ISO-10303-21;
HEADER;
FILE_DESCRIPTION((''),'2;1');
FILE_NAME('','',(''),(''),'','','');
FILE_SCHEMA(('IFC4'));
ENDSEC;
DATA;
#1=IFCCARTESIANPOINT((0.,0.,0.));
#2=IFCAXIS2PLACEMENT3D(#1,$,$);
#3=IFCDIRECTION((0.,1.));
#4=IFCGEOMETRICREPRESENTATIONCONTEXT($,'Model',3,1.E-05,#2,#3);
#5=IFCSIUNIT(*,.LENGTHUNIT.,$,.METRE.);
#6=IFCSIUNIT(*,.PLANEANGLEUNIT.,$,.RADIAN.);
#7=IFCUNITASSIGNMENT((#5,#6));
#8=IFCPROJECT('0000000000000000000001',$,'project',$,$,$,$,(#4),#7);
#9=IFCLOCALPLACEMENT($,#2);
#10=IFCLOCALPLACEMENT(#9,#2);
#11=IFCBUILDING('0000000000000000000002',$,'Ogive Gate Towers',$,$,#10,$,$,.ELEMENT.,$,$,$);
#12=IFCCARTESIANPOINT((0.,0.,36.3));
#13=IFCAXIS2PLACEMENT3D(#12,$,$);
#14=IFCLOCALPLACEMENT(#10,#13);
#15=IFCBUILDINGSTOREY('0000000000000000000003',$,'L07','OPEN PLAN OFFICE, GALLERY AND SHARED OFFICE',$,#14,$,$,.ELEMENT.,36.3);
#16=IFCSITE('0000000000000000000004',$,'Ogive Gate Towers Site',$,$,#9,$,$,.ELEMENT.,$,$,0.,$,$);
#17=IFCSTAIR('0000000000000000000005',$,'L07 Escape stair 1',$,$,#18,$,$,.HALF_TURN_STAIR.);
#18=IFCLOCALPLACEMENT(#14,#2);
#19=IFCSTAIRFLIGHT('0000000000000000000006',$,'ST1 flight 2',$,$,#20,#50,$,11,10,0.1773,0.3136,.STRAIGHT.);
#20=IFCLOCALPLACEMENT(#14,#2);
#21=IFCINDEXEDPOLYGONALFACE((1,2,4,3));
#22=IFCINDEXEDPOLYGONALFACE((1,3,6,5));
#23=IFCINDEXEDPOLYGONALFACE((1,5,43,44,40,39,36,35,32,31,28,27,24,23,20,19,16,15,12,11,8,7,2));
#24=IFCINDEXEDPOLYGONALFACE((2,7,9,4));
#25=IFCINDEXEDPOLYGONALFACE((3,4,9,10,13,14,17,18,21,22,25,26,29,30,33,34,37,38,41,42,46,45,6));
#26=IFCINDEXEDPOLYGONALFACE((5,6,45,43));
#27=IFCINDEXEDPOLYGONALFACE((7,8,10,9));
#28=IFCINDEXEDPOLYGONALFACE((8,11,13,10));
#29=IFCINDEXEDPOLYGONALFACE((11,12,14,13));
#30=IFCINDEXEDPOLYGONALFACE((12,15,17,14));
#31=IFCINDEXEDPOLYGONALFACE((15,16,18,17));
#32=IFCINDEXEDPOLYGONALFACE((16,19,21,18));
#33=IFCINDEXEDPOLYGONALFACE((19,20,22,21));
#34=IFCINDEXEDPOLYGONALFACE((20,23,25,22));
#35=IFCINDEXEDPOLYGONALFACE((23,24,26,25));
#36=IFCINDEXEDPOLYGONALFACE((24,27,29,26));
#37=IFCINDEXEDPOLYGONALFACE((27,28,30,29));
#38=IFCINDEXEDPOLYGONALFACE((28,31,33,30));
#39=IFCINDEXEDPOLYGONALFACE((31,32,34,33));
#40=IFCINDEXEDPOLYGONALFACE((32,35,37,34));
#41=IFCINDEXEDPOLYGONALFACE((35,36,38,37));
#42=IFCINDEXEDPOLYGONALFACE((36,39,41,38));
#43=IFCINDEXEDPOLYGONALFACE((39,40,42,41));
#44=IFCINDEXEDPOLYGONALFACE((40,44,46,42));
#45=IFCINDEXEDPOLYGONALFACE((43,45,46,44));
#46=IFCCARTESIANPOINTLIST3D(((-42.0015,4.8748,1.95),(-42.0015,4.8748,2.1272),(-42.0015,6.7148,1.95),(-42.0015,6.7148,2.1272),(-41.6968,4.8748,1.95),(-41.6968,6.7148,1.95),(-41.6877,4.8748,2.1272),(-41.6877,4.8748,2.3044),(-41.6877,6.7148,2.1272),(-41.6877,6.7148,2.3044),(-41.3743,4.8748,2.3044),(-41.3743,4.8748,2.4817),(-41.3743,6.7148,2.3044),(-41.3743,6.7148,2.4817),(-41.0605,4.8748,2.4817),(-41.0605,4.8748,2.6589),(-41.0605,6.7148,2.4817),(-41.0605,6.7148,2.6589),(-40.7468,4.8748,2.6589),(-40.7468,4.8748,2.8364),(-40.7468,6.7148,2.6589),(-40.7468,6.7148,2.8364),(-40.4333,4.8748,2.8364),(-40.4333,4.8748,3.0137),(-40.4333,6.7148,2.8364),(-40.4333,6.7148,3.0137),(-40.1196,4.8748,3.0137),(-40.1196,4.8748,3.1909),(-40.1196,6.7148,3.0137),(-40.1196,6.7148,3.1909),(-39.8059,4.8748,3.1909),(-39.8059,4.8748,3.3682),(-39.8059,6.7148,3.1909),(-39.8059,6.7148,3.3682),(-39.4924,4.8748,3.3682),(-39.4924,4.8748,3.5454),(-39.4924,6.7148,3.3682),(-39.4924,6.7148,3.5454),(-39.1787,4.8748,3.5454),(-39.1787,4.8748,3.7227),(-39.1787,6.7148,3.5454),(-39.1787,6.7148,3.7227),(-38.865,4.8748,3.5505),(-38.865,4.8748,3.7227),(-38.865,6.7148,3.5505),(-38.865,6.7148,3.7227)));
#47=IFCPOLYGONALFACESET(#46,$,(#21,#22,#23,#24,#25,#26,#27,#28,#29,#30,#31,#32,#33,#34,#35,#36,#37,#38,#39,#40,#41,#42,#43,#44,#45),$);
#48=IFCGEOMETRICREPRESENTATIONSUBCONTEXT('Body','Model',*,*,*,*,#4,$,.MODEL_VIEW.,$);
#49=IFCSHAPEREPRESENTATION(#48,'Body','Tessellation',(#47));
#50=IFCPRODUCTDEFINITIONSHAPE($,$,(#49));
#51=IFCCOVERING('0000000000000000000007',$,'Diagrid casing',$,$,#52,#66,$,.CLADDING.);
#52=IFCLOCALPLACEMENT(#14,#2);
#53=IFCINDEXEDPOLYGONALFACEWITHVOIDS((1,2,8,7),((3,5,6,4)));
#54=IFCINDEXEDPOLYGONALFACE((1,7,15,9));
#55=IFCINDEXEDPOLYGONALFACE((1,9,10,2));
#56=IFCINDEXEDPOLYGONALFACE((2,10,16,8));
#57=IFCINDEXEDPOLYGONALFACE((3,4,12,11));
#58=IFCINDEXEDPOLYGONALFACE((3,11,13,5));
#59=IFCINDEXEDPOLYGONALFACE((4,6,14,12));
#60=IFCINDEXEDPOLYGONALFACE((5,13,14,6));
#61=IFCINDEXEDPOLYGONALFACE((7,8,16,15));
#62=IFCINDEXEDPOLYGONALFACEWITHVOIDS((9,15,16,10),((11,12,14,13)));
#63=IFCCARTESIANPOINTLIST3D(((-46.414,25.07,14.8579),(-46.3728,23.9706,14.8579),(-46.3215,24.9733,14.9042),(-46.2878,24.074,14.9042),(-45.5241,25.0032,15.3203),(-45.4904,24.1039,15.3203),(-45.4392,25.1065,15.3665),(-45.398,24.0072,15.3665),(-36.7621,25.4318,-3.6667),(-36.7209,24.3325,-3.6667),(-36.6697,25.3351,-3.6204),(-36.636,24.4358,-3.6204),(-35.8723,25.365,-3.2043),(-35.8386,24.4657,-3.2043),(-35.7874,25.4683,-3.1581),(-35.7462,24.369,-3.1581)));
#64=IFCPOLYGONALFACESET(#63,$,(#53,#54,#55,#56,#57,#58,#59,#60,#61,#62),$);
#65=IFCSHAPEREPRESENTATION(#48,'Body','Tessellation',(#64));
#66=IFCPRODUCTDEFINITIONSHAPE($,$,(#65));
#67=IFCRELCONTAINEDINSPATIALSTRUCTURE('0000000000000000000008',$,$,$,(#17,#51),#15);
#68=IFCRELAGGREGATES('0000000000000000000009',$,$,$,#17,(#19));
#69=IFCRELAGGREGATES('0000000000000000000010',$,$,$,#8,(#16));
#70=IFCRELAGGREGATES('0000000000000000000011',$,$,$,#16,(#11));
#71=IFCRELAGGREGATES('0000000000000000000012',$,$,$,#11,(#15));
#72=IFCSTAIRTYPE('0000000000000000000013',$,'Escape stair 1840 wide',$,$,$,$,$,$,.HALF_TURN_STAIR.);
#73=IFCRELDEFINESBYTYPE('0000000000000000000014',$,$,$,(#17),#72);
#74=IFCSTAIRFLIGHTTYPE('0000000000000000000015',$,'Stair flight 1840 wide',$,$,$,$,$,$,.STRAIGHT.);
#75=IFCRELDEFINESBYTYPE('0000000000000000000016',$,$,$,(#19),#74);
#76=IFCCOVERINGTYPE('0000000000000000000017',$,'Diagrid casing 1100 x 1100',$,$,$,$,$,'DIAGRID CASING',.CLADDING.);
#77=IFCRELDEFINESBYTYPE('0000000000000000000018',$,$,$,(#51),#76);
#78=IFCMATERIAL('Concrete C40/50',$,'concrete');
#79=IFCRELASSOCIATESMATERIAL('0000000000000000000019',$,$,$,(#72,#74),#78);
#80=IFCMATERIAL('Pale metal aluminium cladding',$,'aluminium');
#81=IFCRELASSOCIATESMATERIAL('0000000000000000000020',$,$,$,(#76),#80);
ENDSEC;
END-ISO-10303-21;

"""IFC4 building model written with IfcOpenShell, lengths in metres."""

from ifc_helpers import new_model, si_unit, direction, frame, origin, origin_2d, place, context, subcontext, project, spatial, polyline, hollow_rectangle, outline, extrude, material, material_profile, profile_set, type_object, element, aggregate, save


model = new_model("IFC4")

# Units and contexts
model_context = context("Model", 3, precision=1e-05, world=origin(), true_north=direction((0.0, 1.0)))
body_context = subcontext(model_context, "Body", "Model", "MODEL_VIEW")
ifc_project = project(units=[si_unit("LENGTHUNIT", "METRE"), si_unit("PLANEANGLEUNIT", "RADIAN")], contexts=[model_context])

# Site, building, storey
site_placement = place(None, origin())
site = spatial("IfcSite", under=ifc_project, at=site_placement, Name="Ogive Gate Towers Site", CompositionType="ELEMENT", RefElevation=0.0)
building_placement = place(site_placement, origin())
building = spatial("IfcBuilding", under=site, at=building_placement, Name="Ogive Gate Towers", CompositionType="ELEMENT")
storey_placement = place(building_placement, frame((0.0, 0.0, 36.3)))
storey = spatial("IfcBuildingStorey", under=building, at=storey_placement, Name="L07", Description="OPEN PLAN OFFICE, GALLERY AND SHARED OFFICE", CompositionType="ELEMENT", Elevation=36.3)

# Stair, stair flight
ifc_material_1 = material(Name="Concrete C40/50", Category="concrete")
stair_type = type_object("IfcStairType", Name="Escape stair 1840 wide", PredefinedType="HALF_TURN_STAIR", material=ifc_material_1)
stair_placement = place(storey_placement, origin())
stair = element("IfcStair", 1, at=stair_placement, inside=storey, type_object=stair_type, Name="L07 Escape stair 1", PredefinedType="HALF_TURN_STAIR")
stair_flight_type = type_object("IfcStairFlightType", Name="Stair flight 1840 wide", PredefinedType="STRAIGHT", material=ifc_material_1)
stair_flight_1_placement = place(storey_placement, frame((-42.0015, 5.7949, 1.95), z_axis=(0.0, 0.0, 1.0), x_axis=(1.0, 0.0, 0.0)))
stair_flight_1 = element("IfcStairFlight", 2, at=stair_flight_1_placement, type_object=stair_flight_type, Name="ST1 flight 2", NumberOfRisers=11, NumberOfTreads=10, PredefinedType="STRAIGHT", RiserHeight=0.1773, TreadLength=0.3136, context=body_context, shape_type="SweptSolid", body=[
    extrude(outline(polyline([(0.0, 0.0), (0.0, 0.1772), (0.3137, 0.1772), (0.3137, 0.3545), (0.6272, 0.3545), (0.6272, 0.5317), (0.9409, 0.5317), (0.9409, 0.709), (1.2546, 0.709), (1.2546, 0.8865), (1.5681, 0.8865), (1.5681, 1.0637), (1.8818, 1.0637), (1.8818, 1.241), (2.1956, 1.241), (2.1956, 1.4182), (2.509, 1.4182), (2.509, 1.5955), (2.8228, 1.5955), (2.8228, 1.7727), (3.1365, 1.7727), (3.1365, 1.95), (3.1365, 1.6006), (0.3047, 0.0), (0.0, 0.0)])), frame((0.0, 0.9199, 0.0), z_axis=(0.0, -1.0, 0.0), x_axis=(1.0, 0.0, 0.0)), (0.0, 0.0, 1.0), 1.8401),
])
aggregate(stair, [stair_flight_1])

# Covering
ifc_material_2 = material(Name="Pale metal aluminium cladding", Category="aluminium")
ifc_material_profile_1 = material_profile(ifc_material_2, hollow_rectangle(XDim=1.1001, YDim=1.1001, WallThickness=0.1001, at=origin_2d()), Name="1100 x 1100 pale metal casing")
ifc_profile_set_1 = profile_set([ifc_material_profile_1], Name="Pale metal aluminium cladding")
covering_type = type_object("IfcCoveringType", Name="Diagrid casing 1100 x 1100", ElementType="DIAGRID CASING", PredefinedType="CLADDING", material=ifc_profile_set_1)
covering_placement = place(storey_placement, frame((-36.2542, 24.9004, -3.4124), z_axis=(-0.462001, -0.017319, 0.886711), x_axis=(0.03746, -0.999298, 0.0)))
element("IfcCovering", 3, at=covering_placement, inside=storey, type_object=covering_type, Name="Diagrid casing", PredefinedType="CLADDING", context=body_context, shape_type="SweptSolid", body=[
    extrude(hollow_rectangle(XDim=1.1001, YDim=1.1001, WallThickness=0.1001, at=origin_2d()), origin(), (0.0, 0.0, 1.0), 20.8914),
])

save(model, "model.ifc")
